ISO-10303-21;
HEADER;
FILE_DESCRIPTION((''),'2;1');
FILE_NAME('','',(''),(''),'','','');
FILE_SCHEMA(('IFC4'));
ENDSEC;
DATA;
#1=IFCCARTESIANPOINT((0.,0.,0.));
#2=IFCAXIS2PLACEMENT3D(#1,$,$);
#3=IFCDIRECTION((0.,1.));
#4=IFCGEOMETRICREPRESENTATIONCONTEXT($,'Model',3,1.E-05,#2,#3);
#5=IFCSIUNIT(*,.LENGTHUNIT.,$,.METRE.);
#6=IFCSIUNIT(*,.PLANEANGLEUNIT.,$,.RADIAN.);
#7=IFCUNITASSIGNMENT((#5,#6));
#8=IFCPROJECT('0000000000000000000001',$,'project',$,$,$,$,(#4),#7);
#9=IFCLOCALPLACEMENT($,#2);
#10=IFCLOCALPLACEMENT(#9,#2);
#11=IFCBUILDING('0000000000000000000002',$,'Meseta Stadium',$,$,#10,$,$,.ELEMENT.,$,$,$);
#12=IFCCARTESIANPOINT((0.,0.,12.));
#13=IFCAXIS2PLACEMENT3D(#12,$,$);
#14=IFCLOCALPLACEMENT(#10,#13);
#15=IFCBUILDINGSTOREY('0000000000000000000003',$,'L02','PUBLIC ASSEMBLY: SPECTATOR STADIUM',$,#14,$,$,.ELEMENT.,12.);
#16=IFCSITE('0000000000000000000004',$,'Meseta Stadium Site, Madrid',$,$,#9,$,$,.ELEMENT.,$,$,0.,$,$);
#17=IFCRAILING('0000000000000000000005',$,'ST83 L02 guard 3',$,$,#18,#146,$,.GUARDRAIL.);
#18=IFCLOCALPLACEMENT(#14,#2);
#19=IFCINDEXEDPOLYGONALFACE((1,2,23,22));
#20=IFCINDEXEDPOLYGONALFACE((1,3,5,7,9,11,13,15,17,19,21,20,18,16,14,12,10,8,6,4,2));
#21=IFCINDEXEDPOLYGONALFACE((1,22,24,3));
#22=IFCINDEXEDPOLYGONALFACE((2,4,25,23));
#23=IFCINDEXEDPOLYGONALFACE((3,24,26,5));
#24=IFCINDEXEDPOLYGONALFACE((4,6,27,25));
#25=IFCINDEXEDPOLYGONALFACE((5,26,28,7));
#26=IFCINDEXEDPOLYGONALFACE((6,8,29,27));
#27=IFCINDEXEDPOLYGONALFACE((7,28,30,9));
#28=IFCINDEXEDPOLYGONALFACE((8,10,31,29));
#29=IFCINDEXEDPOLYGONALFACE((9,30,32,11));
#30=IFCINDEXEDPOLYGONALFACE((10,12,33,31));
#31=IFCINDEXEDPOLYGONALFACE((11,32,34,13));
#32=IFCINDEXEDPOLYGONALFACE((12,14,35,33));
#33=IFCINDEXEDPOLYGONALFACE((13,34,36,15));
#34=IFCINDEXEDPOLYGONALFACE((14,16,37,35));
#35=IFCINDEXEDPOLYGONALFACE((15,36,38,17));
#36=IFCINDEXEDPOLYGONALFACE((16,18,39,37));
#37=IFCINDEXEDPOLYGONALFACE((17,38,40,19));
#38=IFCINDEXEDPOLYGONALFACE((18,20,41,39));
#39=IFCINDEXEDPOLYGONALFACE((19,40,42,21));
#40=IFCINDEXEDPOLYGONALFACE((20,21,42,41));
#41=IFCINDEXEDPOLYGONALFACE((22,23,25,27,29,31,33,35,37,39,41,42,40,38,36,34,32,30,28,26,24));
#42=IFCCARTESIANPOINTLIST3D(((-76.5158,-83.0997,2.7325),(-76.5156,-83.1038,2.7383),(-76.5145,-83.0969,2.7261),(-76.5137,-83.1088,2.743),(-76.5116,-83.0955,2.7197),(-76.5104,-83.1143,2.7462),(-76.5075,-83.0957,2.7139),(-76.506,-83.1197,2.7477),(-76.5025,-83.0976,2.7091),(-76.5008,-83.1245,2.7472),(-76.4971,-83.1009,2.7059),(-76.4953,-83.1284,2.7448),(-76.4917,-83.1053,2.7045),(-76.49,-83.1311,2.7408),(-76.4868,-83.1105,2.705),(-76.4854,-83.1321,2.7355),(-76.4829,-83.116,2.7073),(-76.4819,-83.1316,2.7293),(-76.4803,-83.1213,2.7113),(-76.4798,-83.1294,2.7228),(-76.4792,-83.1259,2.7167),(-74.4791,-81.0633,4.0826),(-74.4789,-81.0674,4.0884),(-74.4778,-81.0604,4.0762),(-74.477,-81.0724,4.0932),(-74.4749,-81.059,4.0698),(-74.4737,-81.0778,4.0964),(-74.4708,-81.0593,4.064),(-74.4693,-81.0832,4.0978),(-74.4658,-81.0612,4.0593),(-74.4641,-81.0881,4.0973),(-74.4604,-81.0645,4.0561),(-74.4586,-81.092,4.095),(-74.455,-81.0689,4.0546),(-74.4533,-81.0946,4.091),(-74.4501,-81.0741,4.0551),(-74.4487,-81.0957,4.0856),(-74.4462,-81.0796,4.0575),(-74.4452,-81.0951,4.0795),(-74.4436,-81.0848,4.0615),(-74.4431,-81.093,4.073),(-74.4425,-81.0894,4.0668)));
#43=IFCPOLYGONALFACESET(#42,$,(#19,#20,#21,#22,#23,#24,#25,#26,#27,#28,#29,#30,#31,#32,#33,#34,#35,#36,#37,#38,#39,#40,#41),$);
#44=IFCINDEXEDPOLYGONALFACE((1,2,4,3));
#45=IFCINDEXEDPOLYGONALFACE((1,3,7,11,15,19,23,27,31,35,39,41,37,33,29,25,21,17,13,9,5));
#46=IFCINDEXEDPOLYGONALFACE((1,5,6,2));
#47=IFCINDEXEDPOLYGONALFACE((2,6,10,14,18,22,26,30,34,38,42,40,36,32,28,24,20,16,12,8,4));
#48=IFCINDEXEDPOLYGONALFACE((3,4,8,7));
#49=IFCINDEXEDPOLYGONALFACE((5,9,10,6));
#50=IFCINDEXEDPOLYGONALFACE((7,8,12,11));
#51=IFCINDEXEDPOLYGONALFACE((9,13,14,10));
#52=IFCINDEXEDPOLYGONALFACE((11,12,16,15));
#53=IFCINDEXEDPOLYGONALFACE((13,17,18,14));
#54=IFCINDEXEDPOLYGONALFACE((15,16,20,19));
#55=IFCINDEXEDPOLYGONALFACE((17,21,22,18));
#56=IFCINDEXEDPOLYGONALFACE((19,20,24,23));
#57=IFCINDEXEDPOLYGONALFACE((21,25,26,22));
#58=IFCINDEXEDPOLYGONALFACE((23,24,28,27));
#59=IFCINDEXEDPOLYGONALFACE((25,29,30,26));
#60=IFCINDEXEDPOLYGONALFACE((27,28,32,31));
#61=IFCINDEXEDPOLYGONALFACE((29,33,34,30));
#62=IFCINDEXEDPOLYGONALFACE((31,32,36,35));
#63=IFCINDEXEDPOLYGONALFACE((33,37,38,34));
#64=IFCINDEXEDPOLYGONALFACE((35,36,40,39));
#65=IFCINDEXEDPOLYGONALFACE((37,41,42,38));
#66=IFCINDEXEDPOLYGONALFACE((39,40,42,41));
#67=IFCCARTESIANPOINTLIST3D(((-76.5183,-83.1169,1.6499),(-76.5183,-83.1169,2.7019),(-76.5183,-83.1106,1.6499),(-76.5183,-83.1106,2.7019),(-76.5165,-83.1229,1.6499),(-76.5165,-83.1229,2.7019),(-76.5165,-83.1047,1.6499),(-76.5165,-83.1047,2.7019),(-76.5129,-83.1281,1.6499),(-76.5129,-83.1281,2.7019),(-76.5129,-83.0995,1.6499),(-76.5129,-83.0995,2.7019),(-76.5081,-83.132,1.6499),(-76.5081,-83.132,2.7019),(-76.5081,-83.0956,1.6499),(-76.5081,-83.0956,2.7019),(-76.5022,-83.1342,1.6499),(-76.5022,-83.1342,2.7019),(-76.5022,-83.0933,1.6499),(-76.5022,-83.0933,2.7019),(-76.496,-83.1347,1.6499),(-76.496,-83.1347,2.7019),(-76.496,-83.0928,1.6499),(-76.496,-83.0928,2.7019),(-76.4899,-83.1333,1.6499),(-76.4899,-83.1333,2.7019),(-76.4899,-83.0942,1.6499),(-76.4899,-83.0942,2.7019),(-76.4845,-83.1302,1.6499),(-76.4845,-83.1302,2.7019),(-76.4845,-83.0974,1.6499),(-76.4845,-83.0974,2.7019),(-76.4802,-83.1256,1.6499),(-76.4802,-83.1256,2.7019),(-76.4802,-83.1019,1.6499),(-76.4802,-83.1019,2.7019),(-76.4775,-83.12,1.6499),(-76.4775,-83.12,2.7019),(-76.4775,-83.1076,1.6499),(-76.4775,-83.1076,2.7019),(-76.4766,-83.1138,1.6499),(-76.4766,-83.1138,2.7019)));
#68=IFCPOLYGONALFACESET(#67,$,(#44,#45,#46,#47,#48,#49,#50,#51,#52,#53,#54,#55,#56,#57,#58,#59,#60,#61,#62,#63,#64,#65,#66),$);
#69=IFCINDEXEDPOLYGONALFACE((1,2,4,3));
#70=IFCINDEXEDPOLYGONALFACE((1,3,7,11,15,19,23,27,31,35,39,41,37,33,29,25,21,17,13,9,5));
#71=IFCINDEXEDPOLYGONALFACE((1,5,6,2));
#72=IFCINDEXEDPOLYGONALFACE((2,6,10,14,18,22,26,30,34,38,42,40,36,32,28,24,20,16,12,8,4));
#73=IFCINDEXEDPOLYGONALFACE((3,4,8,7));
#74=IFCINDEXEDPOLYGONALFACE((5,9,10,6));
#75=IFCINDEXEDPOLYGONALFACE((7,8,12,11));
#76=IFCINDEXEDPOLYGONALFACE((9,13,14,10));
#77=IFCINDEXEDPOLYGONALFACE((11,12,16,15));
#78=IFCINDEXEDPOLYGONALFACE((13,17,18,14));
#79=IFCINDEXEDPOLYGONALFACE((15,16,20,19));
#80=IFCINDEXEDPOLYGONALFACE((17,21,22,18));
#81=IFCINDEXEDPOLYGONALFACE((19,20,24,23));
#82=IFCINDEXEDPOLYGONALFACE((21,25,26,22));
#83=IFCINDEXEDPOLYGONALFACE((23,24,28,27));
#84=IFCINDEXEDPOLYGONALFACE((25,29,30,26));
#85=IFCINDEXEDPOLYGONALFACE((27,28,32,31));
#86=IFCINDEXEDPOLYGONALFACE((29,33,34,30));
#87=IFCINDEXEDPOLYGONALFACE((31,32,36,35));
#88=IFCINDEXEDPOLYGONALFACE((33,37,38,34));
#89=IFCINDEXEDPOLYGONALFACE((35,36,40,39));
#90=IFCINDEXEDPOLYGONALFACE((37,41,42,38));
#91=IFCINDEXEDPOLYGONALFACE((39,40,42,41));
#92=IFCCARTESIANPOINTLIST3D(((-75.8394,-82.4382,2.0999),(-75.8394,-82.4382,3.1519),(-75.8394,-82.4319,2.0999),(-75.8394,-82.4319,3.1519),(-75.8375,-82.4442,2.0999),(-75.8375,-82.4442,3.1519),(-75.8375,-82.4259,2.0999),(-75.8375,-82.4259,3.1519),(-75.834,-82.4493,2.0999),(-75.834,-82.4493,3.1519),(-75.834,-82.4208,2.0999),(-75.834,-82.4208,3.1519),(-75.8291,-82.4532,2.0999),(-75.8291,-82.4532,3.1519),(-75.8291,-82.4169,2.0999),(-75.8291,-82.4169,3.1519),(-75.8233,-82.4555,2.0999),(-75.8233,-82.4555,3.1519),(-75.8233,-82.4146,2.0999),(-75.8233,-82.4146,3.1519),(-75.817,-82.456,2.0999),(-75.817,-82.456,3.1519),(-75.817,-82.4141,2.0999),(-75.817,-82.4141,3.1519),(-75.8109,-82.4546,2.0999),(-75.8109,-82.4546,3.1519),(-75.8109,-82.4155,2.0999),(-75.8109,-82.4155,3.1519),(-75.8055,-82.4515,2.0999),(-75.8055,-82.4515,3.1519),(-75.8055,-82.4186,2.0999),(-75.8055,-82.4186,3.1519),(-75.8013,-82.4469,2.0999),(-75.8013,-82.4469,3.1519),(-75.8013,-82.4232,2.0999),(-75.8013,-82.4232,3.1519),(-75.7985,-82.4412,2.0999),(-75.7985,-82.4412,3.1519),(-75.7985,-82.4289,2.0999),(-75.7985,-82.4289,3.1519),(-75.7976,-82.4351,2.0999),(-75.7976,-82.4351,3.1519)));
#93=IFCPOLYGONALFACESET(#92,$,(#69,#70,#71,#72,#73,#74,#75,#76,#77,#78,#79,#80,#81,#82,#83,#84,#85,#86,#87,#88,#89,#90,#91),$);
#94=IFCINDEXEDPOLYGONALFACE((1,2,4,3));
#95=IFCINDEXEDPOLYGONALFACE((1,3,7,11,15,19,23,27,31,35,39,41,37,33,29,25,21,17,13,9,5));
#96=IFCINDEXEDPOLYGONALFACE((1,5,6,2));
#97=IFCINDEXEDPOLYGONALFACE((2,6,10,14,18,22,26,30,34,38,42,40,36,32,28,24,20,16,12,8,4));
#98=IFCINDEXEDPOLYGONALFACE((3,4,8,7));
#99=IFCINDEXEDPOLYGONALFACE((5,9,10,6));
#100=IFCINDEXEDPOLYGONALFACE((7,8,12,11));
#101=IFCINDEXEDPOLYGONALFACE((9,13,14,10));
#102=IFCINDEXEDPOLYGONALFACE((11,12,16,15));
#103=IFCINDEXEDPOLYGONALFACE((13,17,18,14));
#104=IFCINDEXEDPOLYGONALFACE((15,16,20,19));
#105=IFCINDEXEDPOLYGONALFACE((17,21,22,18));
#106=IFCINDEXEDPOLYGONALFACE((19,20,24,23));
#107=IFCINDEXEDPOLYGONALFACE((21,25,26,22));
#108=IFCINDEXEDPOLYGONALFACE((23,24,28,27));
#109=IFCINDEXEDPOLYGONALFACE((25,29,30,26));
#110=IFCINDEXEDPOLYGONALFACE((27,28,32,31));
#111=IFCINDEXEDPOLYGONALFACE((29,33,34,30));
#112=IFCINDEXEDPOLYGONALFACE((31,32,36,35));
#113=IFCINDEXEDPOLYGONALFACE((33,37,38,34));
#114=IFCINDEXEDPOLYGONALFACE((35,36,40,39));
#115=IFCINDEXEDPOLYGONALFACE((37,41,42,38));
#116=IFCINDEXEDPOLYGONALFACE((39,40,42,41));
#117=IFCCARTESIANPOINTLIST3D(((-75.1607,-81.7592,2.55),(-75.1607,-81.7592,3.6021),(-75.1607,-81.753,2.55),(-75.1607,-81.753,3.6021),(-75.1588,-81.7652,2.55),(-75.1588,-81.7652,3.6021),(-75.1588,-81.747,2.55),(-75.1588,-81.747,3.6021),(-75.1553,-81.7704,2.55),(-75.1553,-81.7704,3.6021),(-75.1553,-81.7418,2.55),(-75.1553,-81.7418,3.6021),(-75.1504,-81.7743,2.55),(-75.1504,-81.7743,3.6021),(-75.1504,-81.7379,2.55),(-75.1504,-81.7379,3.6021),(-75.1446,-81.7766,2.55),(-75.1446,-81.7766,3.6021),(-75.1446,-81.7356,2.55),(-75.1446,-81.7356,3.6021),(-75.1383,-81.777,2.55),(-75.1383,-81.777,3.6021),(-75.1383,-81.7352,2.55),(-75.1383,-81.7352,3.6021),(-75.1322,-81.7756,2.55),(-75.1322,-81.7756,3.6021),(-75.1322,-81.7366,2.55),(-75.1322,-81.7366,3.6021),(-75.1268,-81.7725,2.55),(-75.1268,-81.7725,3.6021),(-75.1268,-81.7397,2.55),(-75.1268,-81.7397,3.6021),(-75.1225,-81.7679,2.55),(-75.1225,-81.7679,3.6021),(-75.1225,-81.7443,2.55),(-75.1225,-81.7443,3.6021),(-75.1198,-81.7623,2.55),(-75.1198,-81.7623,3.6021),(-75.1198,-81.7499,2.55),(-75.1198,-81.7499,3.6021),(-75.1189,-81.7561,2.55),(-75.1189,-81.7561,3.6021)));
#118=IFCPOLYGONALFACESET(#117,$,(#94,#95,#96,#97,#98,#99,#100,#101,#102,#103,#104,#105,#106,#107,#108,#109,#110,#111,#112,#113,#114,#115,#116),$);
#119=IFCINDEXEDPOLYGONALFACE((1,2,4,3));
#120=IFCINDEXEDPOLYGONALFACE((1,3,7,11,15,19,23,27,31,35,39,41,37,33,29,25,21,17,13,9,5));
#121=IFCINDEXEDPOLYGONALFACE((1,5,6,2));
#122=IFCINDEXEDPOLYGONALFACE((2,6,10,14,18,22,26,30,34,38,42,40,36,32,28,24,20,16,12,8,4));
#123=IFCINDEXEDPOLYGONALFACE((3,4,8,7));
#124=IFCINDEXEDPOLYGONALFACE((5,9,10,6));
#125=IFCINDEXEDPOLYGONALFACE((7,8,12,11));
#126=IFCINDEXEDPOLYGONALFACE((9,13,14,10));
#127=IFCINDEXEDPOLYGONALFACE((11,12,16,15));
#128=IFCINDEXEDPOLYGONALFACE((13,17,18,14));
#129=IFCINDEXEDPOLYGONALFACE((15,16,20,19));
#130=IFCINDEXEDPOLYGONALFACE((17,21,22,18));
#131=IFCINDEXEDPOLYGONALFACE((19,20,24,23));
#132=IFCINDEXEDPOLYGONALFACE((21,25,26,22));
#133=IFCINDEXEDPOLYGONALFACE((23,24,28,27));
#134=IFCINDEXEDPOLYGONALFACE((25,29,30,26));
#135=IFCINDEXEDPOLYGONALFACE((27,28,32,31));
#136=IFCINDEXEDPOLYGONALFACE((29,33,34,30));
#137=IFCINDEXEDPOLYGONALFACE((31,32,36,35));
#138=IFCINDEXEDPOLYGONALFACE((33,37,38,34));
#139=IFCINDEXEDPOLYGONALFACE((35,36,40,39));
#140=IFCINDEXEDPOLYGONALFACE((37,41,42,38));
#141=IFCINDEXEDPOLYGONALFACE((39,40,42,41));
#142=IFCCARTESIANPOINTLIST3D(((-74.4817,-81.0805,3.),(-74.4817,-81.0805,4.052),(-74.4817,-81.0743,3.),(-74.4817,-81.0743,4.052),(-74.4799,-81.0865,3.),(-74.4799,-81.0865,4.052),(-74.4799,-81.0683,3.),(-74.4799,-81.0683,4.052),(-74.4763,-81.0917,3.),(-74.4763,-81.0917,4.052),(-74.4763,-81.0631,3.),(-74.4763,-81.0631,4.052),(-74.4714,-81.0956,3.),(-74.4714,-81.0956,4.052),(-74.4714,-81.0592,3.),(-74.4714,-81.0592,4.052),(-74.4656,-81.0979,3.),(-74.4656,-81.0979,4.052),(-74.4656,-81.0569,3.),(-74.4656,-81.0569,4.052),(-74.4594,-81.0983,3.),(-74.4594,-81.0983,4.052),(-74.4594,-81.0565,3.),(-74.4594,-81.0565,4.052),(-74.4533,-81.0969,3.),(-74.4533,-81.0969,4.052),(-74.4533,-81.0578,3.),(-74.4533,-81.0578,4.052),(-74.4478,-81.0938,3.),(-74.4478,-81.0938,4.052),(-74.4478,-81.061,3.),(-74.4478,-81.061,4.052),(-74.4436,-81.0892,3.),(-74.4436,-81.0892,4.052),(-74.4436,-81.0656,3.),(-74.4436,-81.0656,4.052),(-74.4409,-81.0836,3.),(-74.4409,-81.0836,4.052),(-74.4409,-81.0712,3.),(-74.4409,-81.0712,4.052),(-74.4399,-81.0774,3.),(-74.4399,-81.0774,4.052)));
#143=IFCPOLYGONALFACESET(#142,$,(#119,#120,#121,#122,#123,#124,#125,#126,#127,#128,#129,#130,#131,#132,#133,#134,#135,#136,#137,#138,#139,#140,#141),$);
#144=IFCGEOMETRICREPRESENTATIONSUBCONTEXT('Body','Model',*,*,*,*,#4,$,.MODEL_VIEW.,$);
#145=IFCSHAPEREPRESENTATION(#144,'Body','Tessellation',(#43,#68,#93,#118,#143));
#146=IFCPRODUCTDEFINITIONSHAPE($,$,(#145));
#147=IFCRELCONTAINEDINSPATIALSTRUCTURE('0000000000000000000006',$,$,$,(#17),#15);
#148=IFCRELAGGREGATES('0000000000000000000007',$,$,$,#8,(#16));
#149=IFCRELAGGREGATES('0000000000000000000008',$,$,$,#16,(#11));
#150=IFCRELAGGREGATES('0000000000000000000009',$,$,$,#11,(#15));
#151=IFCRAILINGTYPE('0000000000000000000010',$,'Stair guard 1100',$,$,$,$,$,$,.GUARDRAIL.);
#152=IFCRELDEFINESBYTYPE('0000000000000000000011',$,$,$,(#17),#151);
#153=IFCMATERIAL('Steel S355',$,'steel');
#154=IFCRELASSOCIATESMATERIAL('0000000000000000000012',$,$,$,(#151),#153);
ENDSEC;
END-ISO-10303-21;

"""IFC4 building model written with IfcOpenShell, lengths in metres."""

from ifc_helpers import new_model, si_unit, direction, frame, origin, origin_2d, place, context, subcontext, project, spatial, circle, extrude, material, type_object, element, save


model = new_model("IFC4")

# Units and contexts
model_context = context("Model", 3, precision=1e-05, world=origin(), true_north=direction((0.0, 1.0)))
body_context = subcontext(model_context, "Body", "Model", "MODEL_VIEW")
ifc_project = project(units=[si_unit("LENGTHUNIT", "METRE"), si_unit("PLANEANGLEUNIT", "RADIAN")], contexts=[model_context])

# Site, building, storey
site_placement = place(None, origin())
site = spatial("IfcSite", under=ifc_project, at=site_placement, Name="Meseta Stadium Site, Madrid", CompositionType="ELEMENT", RefElevation=0.0)
building_placement = place(site_placement, origin())
building = spatial("IfcBuilding", under=site, at=building_placement, Name="Meseta Stadium", CompositionType="ELEMENT")
storey_placement = place(building_placement, frame((0.0, 0.0, 12.0)))
storey = spatial("IfcBuildingStorey", under=building, at=storey_placement, Name="L02", Description="PUBLIC ASSEMBLY: SPECTATOR STADIUM", CompositionType="ELEMENT", Elevation=12.0)

# Railing
ifc_material_1 = material(Name="Steel S355", Category="steel")
railing_type_1 = type_object("IfcRailingType", Name="Stair guard 1100", PredefinedType="GUARDRAIL", material=ifc_material_1)
railing_1_placement = place(storey_placement, frame((-76.4976, -83.1138, 1.6499)))
element("IfcRailing", 1, at=railing_1_placement, inside=storey, type_object=railing_type_1, Name="ST83 L02 guard 3", PredefinedType="GUARDRAIL", context=body_context, shape_type="SweptSolid", body=[
    extrude(circle(Radius=0.0239, at=origin_2d()), frame((0.0, 0.0, 1.0762), z_axis=(0.640288, 0.640211, 0.424454), x_axis=(-0.707064, 0.707149, 0.0)), (0.0, 0.0, 1.0), 3.1809),
    extrude(circle(Radius=0.021, at=origin_2d()), origin(), (0.0, 0.0, 1.0), 1.052),
    extrude(circle(Radius=0.021, at=origin_2d()), frame((0.679, 0.6787, 0.45)), (0.0, 0.0, 1.0), 1.052),
    extrude(circle(Radius=0.021, at=origin_2d()), frame((1.3577, 1.3577, 0.9001)), (0.0, 0.0, 1.0), 1.052),
    extrude(circle(Radius=0.021, at=origin_2d()), frame((2.0366, 2.0364, 1.3501)), (0.0, 0.0, 1.0), 1.052),
])

save(model, "model.ifc")
